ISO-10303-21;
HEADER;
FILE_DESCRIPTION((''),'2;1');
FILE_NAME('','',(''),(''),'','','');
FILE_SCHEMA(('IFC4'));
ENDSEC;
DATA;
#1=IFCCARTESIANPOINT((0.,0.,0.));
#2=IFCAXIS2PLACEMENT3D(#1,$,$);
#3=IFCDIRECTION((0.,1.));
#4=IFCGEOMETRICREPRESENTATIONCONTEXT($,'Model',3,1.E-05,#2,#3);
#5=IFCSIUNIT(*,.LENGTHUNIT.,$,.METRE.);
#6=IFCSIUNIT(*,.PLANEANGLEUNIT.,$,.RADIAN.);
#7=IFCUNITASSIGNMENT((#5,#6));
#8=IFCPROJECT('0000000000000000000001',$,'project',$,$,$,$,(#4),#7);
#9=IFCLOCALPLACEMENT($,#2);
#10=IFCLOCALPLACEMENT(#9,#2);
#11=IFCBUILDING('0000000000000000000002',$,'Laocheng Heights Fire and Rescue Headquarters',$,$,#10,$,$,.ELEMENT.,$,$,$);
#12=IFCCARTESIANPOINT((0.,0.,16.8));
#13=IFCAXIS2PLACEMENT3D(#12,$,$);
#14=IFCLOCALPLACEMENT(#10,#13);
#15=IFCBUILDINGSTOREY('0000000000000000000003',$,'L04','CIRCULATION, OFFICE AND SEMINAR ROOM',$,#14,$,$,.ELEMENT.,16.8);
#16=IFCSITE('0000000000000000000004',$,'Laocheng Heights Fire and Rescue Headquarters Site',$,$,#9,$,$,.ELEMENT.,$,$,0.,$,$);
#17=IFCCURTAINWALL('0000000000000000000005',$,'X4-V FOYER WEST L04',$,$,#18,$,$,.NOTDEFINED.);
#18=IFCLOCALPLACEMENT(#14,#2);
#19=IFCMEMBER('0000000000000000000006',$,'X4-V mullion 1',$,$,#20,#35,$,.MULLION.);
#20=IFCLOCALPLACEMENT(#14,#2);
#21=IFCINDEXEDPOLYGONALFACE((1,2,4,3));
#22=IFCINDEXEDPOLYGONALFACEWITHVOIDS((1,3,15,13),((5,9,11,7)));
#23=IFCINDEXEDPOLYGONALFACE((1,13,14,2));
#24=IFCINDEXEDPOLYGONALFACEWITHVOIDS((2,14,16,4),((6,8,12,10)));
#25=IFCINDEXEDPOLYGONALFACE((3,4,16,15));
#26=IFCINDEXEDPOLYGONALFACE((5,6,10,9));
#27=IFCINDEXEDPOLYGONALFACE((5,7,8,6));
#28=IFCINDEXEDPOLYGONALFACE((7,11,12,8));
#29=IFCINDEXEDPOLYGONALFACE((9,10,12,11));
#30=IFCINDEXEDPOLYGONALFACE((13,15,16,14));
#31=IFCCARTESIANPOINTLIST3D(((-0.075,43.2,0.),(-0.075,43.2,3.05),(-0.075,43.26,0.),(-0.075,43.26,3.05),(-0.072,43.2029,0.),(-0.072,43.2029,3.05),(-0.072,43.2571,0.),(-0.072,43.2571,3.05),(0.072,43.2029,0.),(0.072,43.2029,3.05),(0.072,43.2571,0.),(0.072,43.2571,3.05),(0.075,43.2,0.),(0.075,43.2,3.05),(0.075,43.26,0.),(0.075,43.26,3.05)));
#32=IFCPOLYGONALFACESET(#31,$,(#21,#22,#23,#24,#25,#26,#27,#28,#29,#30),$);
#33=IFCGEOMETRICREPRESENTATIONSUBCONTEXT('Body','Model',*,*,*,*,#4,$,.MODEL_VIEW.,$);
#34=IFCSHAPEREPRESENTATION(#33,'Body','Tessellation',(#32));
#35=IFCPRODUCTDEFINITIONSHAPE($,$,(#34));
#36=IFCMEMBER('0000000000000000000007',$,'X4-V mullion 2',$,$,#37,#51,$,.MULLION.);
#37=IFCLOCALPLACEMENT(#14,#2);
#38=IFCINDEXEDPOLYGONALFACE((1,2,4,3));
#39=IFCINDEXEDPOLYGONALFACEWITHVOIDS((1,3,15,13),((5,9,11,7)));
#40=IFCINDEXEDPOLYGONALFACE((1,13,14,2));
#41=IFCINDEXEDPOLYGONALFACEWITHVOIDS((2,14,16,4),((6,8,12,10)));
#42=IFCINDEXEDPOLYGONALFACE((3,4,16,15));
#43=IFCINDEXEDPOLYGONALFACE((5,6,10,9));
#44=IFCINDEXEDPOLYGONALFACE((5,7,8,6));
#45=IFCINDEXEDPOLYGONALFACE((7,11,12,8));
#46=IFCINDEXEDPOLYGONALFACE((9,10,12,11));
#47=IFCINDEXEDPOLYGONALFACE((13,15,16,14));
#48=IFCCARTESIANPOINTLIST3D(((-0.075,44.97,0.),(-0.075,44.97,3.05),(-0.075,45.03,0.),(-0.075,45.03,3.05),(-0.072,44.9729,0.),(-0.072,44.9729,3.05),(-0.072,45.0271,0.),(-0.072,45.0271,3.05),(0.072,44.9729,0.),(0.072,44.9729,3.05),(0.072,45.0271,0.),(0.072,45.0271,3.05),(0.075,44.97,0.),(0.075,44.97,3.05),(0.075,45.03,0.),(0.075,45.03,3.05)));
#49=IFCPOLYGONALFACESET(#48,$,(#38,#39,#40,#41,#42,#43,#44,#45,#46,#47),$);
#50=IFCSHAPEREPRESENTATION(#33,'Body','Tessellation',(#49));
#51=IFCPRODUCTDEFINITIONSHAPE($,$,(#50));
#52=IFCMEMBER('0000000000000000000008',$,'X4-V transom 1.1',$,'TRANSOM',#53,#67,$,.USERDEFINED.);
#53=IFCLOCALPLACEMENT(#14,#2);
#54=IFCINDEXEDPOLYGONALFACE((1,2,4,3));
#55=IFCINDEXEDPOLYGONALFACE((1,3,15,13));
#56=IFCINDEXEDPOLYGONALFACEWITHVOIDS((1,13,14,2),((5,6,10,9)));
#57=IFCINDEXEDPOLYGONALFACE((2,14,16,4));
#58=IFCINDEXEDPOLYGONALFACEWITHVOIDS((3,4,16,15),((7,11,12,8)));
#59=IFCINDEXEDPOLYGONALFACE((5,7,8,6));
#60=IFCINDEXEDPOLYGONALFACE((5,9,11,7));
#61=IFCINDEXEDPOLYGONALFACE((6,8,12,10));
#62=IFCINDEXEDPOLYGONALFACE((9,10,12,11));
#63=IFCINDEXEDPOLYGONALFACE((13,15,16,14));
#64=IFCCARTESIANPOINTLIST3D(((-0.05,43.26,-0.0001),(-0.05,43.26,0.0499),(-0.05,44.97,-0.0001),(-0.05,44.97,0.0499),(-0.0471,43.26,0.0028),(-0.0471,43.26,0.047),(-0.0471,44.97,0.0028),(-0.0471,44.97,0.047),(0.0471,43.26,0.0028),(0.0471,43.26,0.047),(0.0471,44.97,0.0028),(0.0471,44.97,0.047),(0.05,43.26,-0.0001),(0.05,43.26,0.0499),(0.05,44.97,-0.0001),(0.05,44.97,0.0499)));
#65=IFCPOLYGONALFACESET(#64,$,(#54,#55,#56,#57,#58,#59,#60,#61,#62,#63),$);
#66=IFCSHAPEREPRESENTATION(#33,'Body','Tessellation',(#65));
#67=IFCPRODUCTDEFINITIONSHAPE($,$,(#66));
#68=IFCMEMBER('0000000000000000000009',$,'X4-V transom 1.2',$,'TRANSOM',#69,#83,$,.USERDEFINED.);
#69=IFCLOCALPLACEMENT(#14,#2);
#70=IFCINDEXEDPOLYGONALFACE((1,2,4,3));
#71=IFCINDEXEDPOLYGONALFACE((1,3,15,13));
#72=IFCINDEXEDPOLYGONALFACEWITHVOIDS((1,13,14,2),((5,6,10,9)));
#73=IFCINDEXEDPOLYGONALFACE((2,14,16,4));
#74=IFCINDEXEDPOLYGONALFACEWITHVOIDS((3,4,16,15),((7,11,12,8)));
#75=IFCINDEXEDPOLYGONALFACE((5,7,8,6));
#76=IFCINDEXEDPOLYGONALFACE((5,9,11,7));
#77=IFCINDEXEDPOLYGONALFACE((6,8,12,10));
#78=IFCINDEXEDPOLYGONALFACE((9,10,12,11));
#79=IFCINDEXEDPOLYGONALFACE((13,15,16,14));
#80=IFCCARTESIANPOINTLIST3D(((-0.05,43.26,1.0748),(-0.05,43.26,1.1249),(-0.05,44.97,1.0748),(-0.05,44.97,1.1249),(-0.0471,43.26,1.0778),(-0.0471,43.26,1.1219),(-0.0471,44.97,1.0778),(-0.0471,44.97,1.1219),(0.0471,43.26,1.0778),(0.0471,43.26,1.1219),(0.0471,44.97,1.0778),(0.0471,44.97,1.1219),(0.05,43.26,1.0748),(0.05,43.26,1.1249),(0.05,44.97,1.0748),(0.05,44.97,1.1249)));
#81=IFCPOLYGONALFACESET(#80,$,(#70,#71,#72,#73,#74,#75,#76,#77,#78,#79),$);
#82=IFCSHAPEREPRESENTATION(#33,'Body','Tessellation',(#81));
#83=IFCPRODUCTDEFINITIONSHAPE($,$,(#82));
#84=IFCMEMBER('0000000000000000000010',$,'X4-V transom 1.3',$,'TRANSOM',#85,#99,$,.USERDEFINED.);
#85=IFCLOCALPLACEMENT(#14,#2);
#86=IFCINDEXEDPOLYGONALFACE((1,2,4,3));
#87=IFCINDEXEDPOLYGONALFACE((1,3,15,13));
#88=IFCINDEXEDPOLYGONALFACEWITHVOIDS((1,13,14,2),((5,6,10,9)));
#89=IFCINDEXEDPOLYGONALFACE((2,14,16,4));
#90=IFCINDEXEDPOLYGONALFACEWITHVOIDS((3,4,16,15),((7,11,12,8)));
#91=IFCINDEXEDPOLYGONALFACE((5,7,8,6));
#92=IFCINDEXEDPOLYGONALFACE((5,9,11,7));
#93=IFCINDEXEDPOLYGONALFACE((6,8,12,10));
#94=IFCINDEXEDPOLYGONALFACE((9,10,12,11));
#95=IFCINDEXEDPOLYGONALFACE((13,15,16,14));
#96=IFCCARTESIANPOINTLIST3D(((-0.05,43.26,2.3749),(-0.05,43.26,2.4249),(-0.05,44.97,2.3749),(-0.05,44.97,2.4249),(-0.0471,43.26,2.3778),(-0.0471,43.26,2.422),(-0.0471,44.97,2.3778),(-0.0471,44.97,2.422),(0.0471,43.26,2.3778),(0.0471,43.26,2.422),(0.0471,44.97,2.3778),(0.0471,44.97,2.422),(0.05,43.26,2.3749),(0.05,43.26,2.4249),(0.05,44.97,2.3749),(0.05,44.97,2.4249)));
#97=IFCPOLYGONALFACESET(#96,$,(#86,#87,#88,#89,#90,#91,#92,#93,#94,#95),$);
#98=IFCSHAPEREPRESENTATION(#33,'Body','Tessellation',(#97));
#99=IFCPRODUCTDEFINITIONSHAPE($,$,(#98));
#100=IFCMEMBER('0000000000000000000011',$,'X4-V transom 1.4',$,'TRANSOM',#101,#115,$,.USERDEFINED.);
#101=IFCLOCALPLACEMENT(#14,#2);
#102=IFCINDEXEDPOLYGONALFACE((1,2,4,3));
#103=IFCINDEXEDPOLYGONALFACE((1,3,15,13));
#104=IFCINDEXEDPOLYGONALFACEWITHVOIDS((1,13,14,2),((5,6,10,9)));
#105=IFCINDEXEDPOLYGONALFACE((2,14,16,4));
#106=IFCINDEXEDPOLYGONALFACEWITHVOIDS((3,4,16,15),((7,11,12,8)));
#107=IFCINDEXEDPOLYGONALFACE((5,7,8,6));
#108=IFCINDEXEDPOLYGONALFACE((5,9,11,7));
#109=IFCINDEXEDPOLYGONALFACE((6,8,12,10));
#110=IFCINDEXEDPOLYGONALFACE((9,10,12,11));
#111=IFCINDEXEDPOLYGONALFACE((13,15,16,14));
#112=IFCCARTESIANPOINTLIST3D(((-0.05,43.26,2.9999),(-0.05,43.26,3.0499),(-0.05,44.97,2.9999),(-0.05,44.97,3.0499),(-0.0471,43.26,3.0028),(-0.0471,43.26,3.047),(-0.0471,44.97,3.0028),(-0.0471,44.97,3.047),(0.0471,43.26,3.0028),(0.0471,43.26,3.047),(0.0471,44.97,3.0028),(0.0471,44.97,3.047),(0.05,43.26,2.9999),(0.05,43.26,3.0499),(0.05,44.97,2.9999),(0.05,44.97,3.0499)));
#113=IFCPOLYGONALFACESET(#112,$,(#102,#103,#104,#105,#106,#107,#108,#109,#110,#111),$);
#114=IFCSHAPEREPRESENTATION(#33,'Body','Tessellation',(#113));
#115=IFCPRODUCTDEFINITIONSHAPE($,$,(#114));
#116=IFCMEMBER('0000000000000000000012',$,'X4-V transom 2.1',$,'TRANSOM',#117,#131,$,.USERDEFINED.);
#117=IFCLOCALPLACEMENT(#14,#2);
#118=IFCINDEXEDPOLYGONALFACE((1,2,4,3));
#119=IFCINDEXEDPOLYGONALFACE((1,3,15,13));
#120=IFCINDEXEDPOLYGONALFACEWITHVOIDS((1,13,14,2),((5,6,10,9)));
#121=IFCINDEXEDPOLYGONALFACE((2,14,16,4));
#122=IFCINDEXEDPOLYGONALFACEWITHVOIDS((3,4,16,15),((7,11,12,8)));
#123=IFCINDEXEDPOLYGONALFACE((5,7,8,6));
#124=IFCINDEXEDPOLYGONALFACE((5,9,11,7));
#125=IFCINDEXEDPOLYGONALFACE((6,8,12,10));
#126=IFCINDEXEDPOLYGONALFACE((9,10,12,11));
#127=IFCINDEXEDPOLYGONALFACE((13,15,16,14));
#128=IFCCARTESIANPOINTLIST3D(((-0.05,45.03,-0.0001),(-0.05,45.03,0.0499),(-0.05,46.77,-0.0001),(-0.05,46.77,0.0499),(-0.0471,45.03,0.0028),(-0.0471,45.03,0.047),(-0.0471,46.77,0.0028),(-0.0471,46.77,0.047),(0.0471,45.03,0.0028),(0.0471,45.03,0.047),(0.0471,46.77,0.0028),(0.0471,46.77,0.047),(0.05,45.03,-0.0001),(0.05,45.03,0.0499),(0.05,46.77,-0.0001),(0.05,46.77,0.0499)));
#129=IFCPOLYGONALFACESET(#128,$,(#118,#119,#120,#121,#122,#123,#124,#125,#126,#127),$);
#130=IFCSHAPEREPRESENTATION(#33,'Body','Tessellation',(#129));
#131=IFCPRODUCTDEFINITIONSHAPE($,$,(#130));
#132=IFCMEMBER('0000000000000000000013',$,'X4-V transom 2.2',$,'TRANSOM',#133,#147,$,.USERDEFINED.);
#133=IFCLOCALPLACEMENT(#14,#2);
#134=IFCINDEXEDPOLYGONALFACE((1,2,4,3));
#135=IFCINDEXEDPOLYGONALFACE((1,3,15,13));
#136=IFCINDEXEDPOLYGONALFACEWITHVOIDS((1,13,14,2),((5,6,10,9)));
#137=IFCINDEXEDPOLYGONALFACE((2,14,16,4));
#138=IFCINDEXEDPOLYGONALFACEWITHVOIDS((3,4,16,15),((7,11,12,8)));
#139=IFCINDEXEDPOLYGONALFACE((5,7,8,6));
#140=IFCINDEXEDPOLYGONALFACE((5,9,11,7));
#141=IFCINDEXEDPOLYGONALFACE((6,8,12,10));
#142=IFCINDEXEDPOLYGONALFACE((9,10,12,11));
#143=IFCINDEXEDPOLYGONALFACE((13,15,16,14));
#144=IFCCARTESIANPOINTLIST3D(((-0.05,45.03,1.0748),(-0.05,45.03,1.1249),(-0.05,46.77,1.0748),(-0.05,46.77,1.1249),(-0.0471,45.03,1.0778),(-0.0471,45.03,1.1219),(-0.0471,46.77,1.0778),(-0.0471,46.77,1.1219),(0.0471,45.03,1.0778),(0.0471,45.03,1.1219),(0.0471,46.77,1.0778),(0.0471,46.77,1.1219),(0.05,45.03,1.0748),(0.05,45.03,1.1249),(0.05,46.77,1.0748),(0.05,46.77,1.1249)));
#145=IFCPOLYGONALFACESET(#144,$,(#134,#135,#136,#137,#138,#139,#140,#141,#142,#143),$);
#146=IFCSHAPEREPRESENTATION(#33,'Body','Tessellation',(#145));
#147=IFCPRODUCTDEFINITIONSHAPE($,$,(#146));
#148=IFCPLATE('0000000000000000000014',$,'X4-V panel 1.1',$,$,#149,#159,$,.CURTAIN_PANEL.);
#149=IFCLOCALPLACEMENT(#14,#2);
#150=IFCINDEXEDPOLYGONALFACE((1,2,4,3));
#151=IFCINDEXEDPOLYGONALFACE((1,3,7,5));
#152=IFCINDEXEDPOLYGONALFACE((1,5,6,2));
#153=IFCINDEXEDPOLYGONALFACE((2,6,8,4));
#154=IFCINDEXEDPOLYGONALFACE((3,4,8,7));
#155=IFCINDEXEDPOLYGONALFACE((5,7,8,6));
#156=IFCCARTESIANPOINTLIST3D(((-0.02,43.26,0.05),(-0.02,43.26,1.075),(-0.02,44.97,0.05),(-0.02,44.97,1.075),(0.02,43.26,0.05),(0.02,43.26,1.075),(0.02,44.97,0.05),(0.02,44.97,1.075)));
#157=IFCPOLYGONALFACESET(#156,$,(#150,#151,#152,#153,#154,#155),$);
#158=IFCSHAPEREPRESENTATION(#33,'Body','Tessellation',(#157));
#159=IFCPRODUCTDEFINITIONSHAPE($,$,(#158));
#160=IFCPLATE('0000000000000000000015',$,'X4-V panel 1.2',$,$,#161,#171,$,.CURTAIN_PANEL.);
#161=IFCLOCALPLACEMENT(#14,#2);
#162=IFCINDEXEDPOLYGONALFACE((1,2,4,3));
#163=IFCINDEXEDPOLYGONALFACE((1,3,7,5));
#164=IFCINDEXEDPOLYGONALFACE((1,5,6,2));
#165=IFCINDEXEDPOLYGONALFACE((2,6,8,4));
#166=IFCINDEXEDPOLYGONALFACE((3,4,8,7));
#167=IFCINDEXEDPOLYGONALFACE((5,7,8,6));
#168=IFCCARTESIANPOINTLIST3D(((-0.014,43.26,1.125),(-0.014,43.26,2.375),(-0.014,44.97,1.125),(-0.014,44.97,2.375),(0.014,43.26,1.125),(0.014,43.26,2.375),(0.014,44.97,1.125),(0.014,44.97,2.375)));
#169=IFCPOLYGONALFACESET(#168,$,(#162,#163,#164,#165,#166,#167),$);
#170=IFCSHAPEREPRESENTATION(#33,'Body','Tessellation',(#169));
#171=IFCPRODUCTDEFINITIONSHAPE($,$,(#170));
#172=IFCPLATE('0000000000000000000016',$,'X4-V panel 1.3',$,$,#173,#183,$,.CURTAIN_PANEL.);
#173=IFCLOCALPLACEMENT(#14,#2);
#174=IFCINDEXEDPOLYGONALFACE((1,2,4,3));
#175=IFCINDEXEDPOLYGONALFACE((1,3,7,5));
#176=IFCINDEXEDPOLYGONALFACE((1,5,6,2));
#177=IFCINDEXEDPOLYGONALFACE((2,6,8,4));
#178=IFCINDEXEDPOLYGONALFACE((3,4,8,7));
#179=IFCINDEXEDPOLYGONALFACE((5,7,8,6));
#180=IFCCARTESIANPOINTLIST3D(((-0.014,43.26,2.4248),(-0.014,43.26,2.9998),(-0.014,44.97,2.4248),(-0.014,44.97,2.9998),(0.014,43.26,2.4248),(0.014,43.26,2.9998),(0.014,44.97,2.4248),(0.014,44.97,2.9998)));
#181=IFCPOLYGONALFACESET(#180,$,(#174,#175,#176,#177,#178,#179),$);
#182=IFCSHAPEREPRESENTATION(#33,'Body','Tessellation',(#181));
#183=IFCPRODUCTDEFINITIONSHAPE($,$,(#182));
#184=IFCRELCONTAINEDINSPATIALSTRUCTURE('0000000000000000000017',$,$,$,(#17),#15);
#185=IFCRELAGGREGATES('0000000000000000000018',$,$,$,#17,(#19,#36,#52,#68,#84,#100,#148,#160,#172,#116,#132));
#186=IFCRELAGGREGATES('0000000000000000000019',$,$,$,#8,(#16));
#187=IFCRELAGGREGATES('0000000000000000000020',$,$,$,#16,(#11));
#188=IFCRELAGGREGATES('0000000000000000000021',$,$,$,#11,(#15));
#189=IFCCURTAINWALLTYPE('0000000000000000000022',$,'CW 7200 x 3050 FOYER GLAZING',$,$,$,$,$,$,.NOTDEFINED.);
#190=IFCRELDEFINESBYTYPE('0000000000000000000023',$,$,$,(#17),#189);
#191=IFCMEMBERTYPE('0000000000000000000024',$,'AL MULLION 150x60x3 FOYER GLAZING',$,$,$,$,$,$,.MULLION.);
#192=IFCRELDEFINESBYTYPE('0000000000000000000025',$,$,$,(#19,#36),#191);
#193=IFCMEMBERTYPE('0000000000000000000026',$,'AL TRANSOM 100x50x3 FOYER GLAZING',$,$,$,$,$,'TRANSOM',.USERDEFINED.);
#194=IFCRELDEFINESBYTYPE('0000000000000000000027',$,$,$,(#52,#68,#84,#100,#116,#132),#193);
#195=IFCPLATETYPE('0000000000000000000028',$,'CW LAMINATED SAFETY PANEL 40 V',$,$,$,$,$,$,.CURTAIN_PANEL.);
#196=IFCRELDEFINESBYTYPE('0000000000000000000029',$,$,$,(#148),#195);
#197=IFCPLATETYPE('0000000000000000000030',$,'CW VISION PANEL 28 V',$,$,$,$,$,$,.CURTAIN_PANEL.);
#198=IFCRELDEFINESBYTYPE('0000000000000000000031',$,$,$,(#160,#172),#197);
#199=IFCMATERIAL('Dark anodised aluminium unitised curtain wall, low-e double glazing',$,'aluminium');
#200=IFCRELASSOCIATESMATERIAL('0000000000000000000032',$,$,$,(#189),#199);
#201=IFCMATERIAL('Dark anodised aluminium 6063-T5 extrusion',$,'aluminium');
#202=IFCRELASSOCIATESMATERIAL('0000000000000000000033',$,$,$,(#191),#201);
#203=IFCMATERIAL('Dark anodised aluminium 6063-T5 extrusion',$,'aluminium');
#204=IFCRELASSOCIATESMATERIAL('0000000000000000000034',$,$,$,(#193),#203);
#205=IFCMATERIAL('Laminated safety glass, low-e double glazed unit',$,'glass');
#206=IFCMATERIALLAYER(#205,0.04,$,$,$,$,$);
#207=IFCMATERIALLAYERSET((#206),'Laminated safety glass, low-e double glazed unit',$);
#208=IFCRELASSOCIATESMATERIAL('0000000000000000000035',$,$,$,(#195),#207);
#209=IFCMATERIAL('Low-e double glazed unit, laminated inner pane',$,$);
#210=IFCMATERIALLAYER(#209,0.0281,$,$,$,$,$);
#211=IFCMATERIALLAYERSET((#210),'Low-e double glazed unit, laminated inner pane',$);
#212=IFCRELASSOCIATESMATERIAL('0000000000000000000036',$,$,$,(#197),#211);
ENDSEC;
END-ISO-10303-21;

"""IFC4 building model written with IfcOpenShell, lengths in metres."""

from ifc_helpers import new_model, si_unit, direction, frame, origin, origin_2d, place, context, subcontext, project, spatial, rectangle, hollow_rectangle, extrude, material, layer, layer_set, material_profile, profile_set, type_object, element, aggregate, save


model = new_model("IFC4")

# Units and contexts
model_context = context("Model", 3, precision=1e-05, world=origin(), true_north=direction((0.0, 1.0)))
body_context = subcontext(model_context, "Body", "Model", "MODEL_VIEW")
ifc_project = project(units=[si_unit("LENGTHUNIT", "METRE"), si_unit("PLANEANGLEUNIT", "RADIAN")], contexts=[model_context])

# Site, building, storey
site_placement = place(None, origin())
site = spatial("IfcSite", under=ifc_project, at=site_placement, Name="Laocheng Heights Fire and Rescue Headquarters Site", CompositionType="ELEMENT", RefElevation=0.0)
building_placement = place(site_placement, origin())
building = spatial("IfcBuilding", under=site, at=building_placement, Name="Laocheng Heights Fire and Rescue Headquarters", CompositionType="ELEMENT")
storey_placement = place(building_placement, frame((0.0, 0.0, 16.8)))
storey = spatial("IfcBuildingStorey", under=building, at=storey_placement, Name="L04", Description="CIRCULATION, OFFICE AND SEMINAR ROOM", CompositionType="ELEMENT", Elevation=16.8)

# Curtain wall, members, plates
ifc_material_1 = material(Name="Dark anodised aluminium unitised curtain wall, low-e double glazing", Category="aluminium")
curtain_wall_type = type_object("IfcCurtainWallType", Name="CW 7200 x 3050 FOYER GLAZING", PredefinedType="NOTDEFINED", material=ifc_material_1)
curtain_wall_placement = place(storey_placement, origin())
curtain_wall = element("IfcCurtainWall", 1, at=curtain_wall_placement, inside=storey, type_object=curtain_wall_type, Name="X4-V FOYER WEST L04", PredefinedType="NOTDEFINED")
ifc_material_2 = material(Name="Dark anodised aluminium 6063-T5 extrusion", Category="aluminium")
ifc_material_profile_1 = material_profile(ifc_material_2, hollow_rectangle(XDim=0.1499, YDim=0.0601, WallThickness=0.0029, at=origin_2d()), Name="AL MULLION 150x60x3 FOYER GLAZING")
ifc_profile_set_1 = profile_set([ifc_material_profile_1], Name="Dark anodised aluminium 6063-T5 extrusion")
member_type_1 = type_object("IfcMemberType", Name="AL MULLION 150x60x3 FOYER GLAZING", PredefinedType="MULLION", material=ifc_profile_set_1)
member_1_placement = place(storey_placement, frame((0.0, 43.23, 0.0), z_axis=(0.0, 0.0, 1.0), x_axis=(-1.0, 0.0, 0.0)))
member_1 = element("IfcMember", 2, at=member_1_placement, type_object=member_type_1, Name="X4-V mullion 1", PredefinedType="MULLION", context=body_context, shape_type="SweptSolid", body=[
    extrude(hollow_rectangle(XDim=0.1499, YDim=0.0601, WallThickness=0.0029, at=origin_2d()), origin(), (0.0, 0.0, 1.0), 3.05),
])
member_2_placement = place(storey_placement, frame((0.0, 45.0, 0.0), z_axis=(0.0, 0.0, 1.0), x_axis=(-1.0, 0.0, 0.0)))
member_2 = element("IfcMember", 3, at=member_2_placement, type_object=member_type_1, Name="X4-V mullion 2", PredefinedType="MULLION", context=body_context, shape_type="SweptSolid", body=[
    extrude(hollow_rectangle(XDim=0.1499, YDim=0.0601, WallThickness=0.0029, at=origin_2d()), origin(), (0.0, 0.0, 1.0), 3.05),
])
ifc_material_3 = material(Name="Dark anodised aluminium 6063-T5 extrusion", Category="aluminium")
ifc_material_profile_2 = material_profile(ifc_material_3, hollow_rectangle(XDim=0.1001, YDim=0.05, WallThickness=0.0029, at=origin_2d()), Name="AL TRANSOM 100x50x3 FOYER GLAZING")
ifc_profile_set_2 = profile_set([ifc_material_profile_2], Name="Dark anodised aluminium 6063-T5 extrusion")
member_type_2 = type_object("IfcMemberType", Name="AL TRANSOM 100x50x3 FOYER GLAZING", ElementType="TRANSOM", PredefinedType="USERDEFINED", material=ifc_profile_set_2)
member_3_placement = place(storey_placement, frame((0.0, 43.26, 0.0249), z_axis=(0.0, 1.0, 0.0), x_axis=(-1.0, 0.0, 0.0)))
member_3 = element("IfcMember", 4, at=member_3_placement, type_object=member_type_2, Name="X4-V transom 1.1", ObjectType="TRANSOM", PredefinedType="USERDEFINED", context=body_context, shape_type="SweptSolid", body=[
    extrude(hollow_rectangle(XDim=0.1001, YDim=0.05, WallThickness=0.0029, at=origin_2d()), origin(), (0.0, 0.0, 1.0), 1.71),
])
member_4_placement = place(storey_placement, frame((0.0, 43.26, 1.0999), z_axis=(0.0, 1.0, 0.0), x_axis=(-1.0, 0.0, 0.0)))
member_4 = element("IfcMember", 5, at=member_4_placement, type_object=member_type_2, Name="X4-V transom 1.2", ObjectType="TRANSOM", PredefinedType="USERDEFINED", context=body_context, shape_type="SweptSolid", body=[
    extrude(hollow_rectangle(XDim=0.1001, YDim=0.05, WallThickness=0.0029, at=origin_2d()), origin(), (0.0, 0.0, 1.0), 1.71),
])
member_5_placement = place(storey_placement, frame((0.0, 43.26, 2.3999), z_axis=(0.0, 1.0, 0.0), x_axis=(-1.0, 0.0, 0.0)))
member_5 = element("IfcMember", 6, at=member_5_placement, type_object=member_type_2, Name="X4-V transom 1.3", ObjectType="TRANSOM", PredefinedType="USERDEFINED", context=body_context, shape_type="SweptSolid", body=[
    extrude(hollow_rectangle(XDim=0.1001, YDim=0.05, WallThickness=0.0029, at=origin_2d()), origin(), (0.0, 0.0, 1.0), 1.71),
])
member_6_placement = place(storey_placement, frame((0.0, 43.26, 3.0249), z_axis=(0.0, 1.0, 0.0), x_axis=(-1.0, 0.0, 0.0)))
member_6 = element("IfcMember", 7, at=member_6_placement, type_object=member_type_2, Name="X4-V transom 1.4", ObjectType="TRANSOM", PredefinedType="USERDEFINED", context=body_context, shape_type="SweptSolid", body=[
    extrude(hollow_rectangle(XDim=0.1001, YDim=0.05, WallThickness=0.0029, at=origin_2d()), origin(), (0.0, 0.0, 1.0), 1.71),
])
member_7_placement = place(storey_placement, frame((0.0, 45.03, 0.0249), z_axis=(0.0, 1.0, 0.0), x_axis=(-1.0, 0.0, 0.0)))
member_7 = element("IfcMember", 8, at=member_7_placement, type_object=member_type_2, Name="X4-V transom 2.1", ObjectType="TRANSOM", PredefinedType="USERDEFINED", context=body_context, shape_type="SweptSolid", body=[
    extrude(hollow_rectangle(XDim=0.1001, YDim=0.05, WallThickness=0.0029, at=origin_2d()), origin(), (0.0, 0.0, 1.0), 1.74),
])
member_8_placement = place(storey_placement, frame((0.0, 45.03, 1.0999), z_axis=(0.0, 1.0, 0.0), x_axis=(-1.0, 0.0, 0.0)))
member_8 = element("IfcMember", 9, at=member_8_placement, type_object=member_type_2, Name="X4-V transom 2.2", ObjectType="TRANSOM", PredefinedType="USERDEFINED", context=body_context, shape_type="SweptSolid", body=[
    extrude(hollow_rectangle(XDim=0.1001, YDim=0.05, WallThickness=0.0029, at=origin_2d()), origin(), (0.0, 0.0, 1.0), 1.74),
])
ifc_material_4 = material(Name="Laminated safety glass, low-e double glazed unit", Category="glass")
ifc_layer_1 = layer(ifc_material_4, 0.04)
ifc_layer_set_1 = layer_set([ifc_layer_1], Name="Laminated safety glass, low-e double glazed unit")
plate_type_1 = type_object("IfcPlateType", Name="CW LAMINATED SAFETY PANEL 40 V", PredefinedType="CURTAIN_PANEL", material=ifc_layer_set_1)
plate_1_placement = place(storey_placement, frame((0.0, 44.115, 0.05), z_axis=(0.0, 0.0, 1.0), x_axis=(0.0, 1.0, 0.0)))
plate_1 = element("IfcPlate", 10, at=plate_1_placement, type_object=plate_type_1, Name="X4-V panel 1.1", PredefinedType="CURTAIN_PANEL", context=body_context, shape_type="SweptSolid", body=[
    extrude(rectangle(XDim=1.71, YDim=0.04, at=origin_2d()), origin(), (0.0, 0.0, 1.0), 1.0249),
])
ifc_material_5 = material(Name="Low-e double glazed unit, laminated inner pane")
ifc_layer_2 = layer(ifc_material_5, 0.0281)
ifc_layer_set_2 = layer_set([ifc_layer_2], Name="Low-e double glazed unit, laminated inner pane")
plate_type_2 = type_object("IfcPlateType", Name="CW VISION PANEL 28 V", PredefinedType="CURTAIN_PANEL", material=ifc_layer_set_2)
plate_2_placement = place(storey_placement, frame((0.0, 44.115, 1.125), z_axis=(0.0, 0.0, 1.0), x_axis=(0.0, 1.0, 0.0)))
plate_2 = element("IfcPlate", 11, at=plate_2_placement, type_object=plate_type_2, Name="X4-V panel 1.2", PredefinedType="CURTAIN_PANEL", context=body_context, shape_type="SweptSolid", body=[
    extrude(rectangle(XDim=1.71, YDim=0.0281, at=origin_2d()), origin(), (0.0, 0.0, 1.0), 1.25),
])
plate_3_placement = place(storey_placement, frame((0.0, 44.115, 2.4248), z_axis=(0.0, 0.0, 1.0), x_axis=(0.0, 1.0, 0.0)))
plate_3 = element("IfcPlate", 12, at=plate_3_placement, type_object=plate_type_2, Name="X4-V panel 1.3", PredefinedType="CURTAIN_PANEL", context=body_context, shape_type="SweptSolid", body=[
    extrude(rectangle(XDim=1.71, YDim=0.0281, at=origin_2d()), origin(), (0.0, 0.0, 1.0), 0.575),
])
aggregate(curtain_wall, [member_1, member_2, member_3, member_4, member_5, member_6, plate_1, plate_2, plate_3, member_7, member_8])

save(model, "model.ifc")
